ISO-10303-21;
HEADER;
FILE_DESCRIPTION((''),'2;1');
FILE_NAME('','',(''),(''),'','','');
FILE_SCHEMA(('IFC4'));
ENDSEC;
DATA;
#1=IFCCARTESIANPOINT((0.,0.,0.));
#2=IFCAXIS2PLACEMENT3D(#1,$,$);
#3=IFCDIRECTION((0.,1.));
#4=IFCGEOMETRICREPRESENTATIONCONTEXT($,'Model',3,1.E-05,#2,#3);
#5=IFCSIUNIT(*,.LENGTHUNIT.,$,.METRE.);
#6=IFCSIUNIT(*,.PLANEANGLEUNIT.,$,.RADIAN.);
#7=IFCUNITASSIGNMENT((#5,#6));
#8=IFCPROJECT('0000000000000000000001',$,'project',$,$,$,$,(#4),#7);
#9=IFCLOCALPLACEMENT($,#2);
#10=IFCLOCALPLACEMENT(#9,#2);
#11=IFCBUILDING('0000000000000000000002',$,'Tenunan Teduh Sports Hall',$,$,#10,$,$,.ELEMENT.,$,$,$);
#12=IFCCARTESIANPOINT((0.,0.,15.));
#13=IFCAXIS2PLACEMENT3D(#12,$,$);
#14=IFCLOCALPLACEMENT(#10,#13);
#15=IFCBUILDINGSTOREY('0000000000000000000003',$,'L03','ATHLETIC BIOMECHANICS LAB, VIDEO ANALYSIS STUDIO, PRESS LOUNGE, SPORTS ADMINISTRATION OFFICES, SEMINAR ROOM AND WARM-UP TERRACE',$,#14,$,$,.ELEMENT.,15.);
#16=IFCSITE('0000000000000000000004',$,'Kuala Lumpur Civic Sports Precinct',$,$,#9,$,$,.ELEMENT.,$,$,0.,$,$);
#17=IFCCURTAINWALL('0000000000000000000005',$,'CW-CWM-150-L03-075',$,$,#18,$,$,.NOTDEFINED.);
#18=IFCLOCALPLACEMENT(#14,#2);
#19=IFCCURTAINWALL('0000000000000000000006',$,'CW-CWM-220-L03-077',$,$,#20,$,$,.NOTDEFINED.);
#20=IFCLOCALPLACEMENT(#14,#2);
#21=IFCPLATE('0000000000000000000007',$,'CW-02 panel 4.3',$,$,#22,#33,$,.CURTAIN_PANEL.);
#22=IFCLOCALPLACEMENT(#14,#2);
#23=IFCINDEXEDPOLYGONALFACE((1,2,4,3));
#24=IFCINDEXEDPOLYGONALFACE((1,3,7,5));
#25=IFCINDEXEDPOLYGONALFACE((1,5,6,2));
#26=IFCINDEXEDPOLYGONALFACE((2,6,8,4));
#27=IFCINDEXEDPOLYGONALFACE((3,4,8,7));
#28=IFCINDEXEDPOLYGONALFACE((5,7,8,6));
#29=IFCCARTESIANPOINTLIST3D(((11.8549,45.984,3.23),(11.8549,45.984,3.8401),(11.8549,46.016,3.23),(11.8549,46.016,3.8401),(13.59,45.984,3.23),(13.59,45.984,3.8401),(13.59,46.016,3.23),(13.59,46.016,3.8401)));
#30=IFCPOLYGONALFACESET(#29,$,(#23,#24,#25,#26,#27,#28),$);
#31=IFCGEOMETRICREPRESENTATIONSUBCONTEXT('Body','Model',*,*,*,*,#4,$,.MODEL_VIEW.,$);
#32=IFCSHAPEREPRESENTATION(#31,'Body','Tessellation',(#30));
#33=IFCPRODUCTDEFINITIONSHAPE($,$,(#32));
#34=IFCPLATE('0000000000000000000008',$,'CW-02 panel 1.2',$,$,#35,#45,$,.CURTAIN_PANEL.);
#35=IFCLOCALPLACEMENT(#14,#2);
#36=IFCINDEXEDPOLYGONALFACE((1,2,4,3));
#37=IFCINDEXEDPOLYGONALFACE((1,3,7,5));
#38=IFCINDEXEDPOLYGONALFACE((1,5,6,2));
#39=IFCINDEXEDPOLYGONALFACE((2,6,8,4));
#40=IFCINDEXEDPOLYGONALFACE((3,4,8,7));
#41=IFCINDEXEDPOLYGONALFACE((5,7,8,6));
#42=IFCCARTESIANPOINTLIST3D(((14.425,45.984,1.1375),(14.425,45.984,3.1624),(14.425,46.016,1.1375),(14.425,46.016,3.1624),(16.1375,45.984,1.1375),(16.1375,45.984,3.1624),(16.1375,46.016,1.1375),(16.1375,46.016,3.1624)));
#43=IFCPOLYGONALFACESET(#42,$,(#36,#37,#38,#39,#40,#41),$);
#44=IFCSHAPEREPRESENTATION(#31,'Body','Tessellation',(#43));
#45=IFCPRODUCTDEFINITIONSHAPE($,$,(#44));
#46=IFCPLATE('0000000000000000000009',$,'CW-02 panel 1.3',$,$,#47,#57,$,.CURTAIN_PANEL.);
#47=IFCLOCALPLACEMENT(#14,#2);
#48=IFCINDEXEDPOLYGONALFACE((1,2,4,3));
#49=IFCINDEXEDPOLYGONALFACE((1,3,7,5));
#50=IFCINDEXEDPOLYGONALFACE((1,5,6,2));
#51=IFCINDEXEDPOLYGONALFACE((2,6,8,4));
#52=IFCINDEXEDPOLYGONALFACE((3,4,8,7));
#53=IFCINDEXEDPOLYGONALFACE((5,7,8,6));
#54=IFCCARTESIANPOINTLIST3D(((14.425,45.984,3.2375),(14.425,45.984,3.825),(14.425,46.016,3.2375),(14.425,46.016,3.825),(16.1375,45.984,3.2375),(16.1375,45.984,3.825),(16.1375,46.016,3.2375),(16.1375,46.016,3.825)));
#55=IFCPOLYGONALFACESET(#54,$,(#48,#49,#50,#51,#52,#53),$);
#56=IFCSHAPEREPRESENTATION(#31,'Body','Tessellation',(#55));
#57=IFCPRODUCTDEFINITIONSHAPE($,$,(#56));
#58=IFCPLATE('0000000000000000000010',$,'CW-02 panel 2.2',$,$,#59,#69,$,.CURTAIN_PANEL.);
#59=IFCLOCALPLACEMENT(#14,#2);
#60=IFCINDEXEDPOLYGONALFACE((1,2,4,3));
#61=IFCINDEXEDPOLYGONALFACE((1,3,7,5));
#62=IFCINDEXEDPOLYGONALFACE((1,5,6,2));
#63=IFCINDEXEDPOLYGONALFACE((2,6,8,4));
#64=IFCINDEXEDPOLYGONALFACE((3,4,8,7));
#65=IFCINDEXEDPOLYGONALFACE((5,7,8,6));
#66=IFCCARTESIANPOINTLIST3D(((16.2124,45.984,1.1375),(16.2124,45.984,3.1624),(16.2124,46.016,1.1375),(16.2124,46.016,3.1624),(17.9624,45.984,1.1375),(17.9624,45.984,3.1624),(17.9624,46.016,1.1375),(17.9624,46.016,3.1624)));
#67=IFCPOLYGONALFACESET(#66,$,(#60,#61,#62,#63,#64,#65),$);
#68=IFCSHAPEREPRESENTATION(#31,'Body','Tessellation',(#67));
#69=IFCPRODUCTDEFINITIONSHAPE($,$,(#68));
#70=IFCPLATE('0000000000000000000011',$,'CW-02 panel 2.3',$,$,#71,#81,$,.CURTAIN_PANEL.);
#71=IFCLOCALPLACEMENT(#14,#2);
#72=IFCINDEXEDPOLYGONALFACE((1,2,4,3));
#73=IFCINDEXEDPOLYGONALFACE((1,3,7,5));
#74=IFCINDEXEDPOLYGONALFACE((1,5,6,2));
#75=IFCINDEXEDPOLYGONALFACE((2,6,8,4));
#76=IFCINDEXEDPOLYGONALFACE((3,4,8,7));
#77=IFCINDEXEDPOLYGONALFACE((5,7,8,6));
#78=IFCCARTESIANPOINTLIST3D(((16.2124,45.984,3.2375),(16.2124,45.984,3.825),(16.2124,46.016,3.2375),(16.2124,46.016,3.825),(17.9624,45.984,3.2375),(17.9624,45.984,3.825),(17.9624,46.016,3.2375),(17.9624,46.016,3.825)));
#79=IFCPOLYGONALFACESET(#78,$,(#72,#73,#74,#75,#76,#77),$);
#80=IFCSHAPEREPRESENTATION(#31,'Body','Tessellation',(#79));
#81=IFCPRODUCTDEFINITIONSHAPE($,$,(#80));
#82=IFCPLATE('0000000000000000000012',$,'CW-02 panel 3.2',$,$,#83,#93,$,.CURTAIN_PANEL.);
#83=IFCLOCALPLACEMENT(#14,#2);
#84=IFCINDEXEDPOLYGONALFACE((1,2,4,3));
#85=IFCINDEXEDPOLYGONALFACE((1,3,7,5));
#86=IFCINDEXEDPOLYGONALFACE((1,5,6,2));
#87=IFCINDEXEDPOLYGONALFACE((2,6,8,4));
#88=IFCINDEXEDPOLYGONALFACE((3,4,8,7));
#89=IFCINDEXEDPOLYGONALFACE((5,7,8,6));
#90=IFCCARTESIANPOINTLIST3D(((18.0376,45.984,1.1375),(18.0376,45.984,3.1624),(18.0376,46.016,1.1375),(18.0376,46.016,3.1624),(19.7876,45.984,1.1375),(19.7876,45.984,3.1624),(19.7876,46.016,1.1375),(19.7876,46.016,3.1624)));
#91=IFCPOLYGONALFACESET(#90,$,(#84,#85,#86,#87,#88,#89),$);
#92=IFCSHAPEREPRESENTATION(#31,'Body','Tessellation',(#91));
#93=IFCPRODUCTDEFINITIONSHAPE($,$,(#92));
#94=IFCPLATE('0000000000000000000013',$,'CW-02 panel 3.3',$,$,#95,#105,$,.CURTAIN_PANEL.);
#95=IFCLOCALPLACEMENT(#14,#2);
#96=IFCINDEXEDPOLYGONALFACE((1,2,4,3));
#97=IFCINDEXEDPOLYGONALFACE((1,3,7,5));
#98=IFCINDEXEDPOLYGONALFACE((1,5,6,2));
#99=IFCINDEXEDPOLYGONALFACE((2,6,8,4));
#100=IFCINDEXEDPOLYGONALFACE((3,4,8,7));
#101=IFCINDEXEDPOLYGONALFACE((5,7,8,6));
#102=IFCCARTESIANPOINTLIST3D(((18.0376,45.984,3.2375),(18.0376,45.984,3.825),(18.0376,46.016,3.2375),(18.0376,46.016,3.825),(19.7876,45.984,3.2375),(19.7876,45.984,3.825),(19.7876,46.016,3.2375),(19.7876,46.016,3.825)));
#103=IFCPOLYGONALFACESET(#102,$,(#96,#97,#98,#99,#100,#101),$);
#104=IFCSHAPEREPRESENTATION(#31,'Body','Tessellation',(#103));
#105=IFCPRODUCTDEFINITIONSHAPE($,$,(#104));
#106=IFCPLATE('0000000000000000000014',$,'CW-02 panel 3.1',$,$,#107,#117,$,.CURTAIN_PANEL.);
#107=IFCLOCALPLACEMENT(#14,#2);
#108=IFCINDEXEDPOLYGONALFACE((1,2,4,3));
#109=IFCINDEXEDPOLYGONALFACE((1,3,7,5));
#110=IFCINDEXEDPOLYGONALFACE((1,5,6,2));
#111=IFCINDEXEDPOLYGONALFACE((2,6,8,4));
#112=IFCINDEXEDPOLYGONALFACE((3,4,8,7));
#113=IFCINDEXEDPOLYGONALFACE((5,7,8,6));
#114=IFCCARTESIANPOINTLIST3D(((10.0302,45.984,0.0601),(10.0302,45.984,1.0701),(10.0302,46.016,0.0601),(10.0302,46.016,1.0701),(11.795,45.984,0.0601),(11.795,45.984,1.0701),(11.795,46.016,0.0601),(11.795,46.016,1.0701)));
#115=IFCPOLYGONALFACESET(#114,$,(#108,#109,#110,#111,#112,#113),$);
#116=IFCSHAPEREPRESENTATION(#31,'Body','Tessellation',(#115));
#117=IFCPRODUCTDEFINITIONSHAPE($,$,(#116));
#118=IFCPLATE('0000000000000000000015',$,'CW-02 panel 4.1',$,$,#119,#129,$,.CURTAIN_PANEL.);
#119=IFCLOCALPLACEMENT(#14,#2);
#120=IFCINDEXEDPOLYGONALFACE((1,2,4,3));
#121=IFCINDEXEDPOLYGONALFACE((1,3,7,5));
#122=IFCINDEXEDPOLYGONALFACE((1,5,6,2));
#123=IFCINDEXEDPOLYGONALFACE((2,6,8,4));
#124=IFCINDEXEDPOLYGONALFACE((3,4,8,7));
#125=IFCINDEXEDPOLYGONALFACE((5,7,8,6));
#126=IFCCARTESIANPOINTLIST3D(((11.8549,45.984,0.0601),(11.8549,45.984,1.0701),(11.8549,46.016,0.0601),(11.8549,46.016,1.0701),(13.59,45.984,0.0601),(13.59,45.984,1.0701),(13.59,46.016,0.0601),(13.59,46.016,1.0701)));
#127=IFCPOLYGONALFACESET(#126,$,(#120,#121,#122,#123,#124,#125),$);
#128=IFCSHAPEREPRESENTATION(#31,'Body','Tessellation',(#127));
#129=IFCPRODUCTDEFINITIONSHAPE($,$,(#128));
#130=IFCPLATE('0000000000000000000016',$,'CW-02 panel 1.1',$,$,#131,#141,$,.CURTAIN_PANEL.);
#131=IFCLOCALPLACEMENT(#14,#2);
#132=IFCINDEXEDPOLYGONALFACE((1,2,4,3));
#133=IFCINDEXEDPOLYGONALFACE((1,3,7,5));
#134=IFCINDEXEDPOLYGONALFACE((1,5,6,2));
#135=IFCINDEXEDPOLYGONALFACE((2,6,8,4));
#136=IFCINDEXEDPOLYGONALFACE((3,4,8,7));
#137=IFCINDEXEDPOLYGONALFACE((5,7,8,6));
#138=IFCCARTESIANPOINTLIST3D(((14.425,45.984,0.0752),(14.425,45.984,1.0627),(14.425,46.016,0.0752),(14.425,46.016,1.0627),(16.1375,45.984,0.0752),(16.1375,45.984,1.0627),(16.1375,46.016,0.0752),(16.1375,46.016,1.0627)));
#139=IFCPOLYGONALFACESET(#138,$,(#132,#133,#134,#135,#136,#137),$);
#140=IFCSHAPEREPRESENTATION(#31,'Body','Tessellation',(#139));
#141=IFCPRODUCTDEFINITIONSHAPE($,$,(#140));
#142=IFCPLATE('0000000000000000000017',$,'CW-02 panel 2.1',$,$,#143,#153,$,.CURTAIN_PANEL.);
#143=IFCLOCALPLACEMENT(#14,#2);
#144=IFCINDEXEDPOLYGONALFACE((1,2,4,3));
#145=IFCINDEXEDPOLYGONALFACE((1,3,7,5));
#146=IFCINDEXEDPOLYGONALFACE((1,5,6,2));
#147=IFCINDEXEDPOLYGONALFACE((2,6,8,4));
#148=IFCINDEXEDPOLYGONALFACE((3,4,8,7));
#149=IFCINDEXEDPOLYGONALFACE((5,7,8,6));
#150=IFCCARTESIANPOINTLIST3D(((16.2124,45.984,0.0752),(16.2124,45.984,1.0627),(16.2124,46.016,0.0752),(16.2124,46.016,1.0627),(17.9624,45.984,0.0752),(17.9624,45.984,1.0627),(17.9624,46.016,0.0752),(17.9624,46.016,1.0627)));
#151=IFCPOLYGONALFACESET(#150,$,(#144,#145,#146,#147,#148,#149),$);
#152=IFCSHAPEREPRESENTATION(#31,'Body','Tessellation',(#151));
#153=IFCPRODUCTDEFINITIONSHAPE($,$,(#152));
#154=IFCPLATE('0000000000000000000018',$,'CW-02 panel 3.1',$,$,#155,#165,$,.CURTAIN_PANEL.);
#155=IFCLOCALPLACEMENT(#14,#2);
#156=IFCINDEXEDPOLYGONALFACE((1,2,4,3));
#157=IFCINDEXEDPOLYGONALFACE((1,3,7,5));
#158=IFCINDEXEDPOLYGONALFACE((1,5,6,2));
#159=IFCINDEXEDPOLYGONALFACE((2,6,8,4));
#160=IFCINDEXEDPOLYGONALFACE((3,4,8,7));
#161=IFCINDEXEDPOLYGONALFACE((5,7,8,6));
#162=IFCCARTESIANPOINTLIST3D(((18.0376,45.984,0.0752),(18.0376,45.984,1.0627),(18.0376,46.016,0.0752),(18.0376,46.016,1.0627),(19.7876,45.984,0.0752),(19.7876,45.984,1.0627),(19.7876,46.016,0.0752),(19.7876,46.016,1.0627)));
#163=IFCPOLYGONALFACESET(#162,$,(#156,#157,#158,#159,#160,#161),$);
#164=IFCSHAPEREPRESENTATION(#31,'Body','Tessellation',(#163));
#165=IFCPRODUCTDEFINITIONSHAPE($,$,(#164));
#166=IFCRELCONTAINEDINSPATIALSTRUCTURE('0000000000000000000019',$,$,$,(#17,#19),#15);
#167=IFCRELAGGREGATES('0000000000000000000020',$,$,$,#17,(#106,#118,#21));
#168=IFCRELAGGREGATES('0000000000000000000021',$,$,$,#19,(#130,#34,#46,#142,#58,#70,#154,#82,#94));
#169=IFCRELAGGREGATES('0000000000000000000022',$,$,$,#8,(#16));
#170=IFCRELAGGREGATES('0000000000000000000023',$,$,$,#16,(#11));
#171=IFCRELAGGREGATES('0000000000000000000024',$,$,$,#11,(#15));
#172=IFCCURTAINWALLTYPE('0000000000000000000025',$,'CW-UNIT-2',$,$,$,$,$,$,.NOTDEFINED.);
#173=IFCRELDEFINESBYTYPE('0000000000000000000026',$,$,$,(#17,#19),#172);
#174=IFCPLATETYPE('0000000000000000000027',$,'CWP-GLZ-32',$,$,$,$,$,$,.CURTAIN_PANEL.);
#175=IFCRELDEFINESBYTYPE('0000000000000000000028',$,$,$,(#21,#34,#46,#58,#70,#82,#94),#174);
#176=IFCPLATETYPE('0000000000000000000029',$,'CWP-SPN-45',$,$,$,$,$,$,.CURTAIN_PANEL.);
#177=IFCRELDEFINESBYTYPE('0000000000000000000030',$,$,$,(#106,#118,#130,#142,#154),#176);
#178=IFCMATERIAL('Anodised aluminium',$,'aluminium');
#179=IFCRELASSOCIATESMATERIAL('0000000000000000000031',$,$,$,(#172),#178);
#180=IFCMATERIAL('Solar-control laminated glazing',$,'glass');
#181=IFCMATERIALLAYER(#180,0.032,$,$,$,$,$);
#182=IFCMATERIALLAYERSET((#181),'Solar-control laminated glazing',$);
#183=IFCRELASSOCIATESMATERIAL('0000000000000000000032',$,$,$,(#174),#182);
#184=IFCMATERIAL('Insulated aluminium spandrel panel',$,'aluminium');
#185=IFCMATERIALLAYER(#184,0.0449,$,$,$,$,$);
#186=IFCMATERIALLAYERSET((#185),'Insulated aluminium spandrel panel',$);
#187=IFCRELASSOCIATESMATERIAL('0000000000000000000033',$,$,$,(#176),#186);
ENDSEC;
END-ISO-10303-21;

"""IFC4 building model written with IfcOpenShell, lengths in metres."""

from ifc_helpers import new_model, si_unit, direction, frame, origin, origin_2d, place, context, subcontext, project, spatial, rectangle, extrude, material, layer, layer_set, type_object, element, aggregate, save


model = new_model("IFC4")

# Units and contexts
model_context = context("Model", 3, precision=1e-05, world=origin(), true_north=direction((0.0, 1.0)))
body_context = subcontext(model_context, "Body", "Model", "MODEL_VIEW")
ifc_project = project(units=[si_unit("LENGTHUNIT", "METRE"), si_unit("PLANEANGLEUNIT", "RADIAN")], contexts=[model_context])

# Site, building, storey
site_placement = place(None, origin())
site = spatial("IfcSite", under=ifc_project, at=site_placement, Name="Kuala Lumpur Civic Sports Precinct", CompositionType="ELEMENT", RefElevation=0.0)
building_placement = place(site_placement, origin())
building = spatial("IfcBuilding", under=site, at=building_placement, Name="Tenunan Teduh Sports Hall", CompositionType="ELEMENT")
storey_placement = place(building_placement, frame((0.0, 0.0, 15.0)))
storey = spatial("IfcBuildingStorey", under=building, at=storey_placement, Name="L03", Description="ATHLETIC BIOMECHANICS LAB, VIDEO ANALYSIS STUDIO, PRESS LOUNGE, SPORTS ADMINISTRATION OFFICES, SEMINAR ROOM AND WARM-UP TERRACE", CompositionType="ELEMENT", Elevation=15.0)

# Curtain walls
ifc_material_1 = material(Name="Anodised aluminium", Category="aluminium")
curtain_wall_type = type_object("IfcCurtainWallType", Name="CW-UNIT-2", PredefinedType="NOTDEFINED", material=ifc_material_1)
curtain_wall_1_placement = place(storey_placement, origin())
curtain_wall_1 = element("IfcCurtainWall", 1, at=curtain_wall_1_placement, inside=storey, type_object=curtain_wall_type, Name="CW-CWM-150-L03-075", PredefinedType="NOTDEFINED")
curtain_wall_2_placement = place(storey_placement, origin())
curtain_wall_2 = element("IfcCurtainWall", 2, at=curtain_wall_2_placement, inside=storey, type_object=curtain_wall_type, Name="CW-CWM-220-L03-077", PredefinedType="NOTDEFINED")

# Plates
ifc_material_2 = material(Name="Solar-control laminated glazing", Category="glass")
ifc_layer_1 = layer(ifc_material_2, 0.032)
ifc_layer_set_1 = layer_set([ifc_layer_1], Name="Solar-control laminated glazing")
plate_type_1 = type_object("IfcPlateType", Name="CWP-GLZ-32", PredefinedType="CURTAIN_PANEL", material=ifc_layer_set_1)
plate_1_placement = place(storey_placement, frame((12.7224, 46.0, 3.23), z_axis=(0.0, 0.0, 1.0), x_axis=(1.0, 0.0, 0.0)))
plate_1 = element("IfcPlate", 3, at=plate_1_placement, type_object=plate_type_1, Name="CW-02 panel 4.3", PredefinedType="CURTAIN_PANEL", context=body_context, shape_type="SweptSolid", body=[
    extrude(rectangle(XDim=1.7351, YDim=0.032, at=origin_2d()), origin(), (0.0, 0.0, 1.0), 0.6101),
])
plate_2_placement = place(storey_placement, frame((15.2812, 46.0, 1.1375), z_axis=(0.0, 0.0, 1.0), x_axis=(1.0, 0.0, 0.0)))
plate_2 = element("IfcPlate", 4, at=plate_2_placement, type_object=plate_type_1, Name="CW-02 panel 1.2", PredefinedType="CURTAIN_PANEL", context=body_context, shape_type="SweptSolid", body=[
    extrude(rectangle(XDim=1.7124, YDim=0.032, at=origin_2d()), origin(), (0.0, 0.0, 1.0), 2.0249),
])
plate_3_placement = place(storey_placement, frame((15.2812, 46.0, 3.2375), z_axis=(0.0, 0.0, 1.0), x_axis=(1.0, 0.0, 0.0)))
plate_3 = element("IfcPlate", 5, at=plate_3_placement, type_object=plate_type_1, Name="CW-02 panel 1.3", PredefinedType="CURTAIN_PANEL", context=body_context, shape_type="SweptSolid", body=[
    extrude(rectangle(XDim=1.7124, YDim=0.032, at=origin_2d()), origin(), (0.0, 0.0, 1.0), 0.5874),
])
plate_4_placement = place(storey_placement, frame((17.0874, 46.0, 1.1375), z_axis=(0.0, 0.0, 1.0), x_axis=(1.0, 0.0, 0.0)))
plate_4 = element("IfcPlate", 6, at=plate_4_placement, type_object=plate_type_1, Name="CW-02 panel 2.2", PredefinedType="CURTAIN_PANEL", context=body_context, shape_type="SweptSolid", body=[
    extrude(rectangle(XDim=1.75, YDim=0.032, at=origin_2d()), origin(), (0.0, 0.0, 1.0), 2.0249),
])
plate_5_placement = place(storey_placement, frame((17.0874, 46.0, 3.2375), z_axis=(0.0, 0.0, 1.0), x_axis=(1.0, 0.0, 0.0)))
plate_5 = element("IfcPlate", 7, at=plate_5_placement, type_object=plate_type_1, Name="CW-02 panel 2.3", PredefinedType="CURTAIN_PANEL", context=body_context, shape_type="SweptSolid", body=[
    extrude(rectangle(XDim=1.75, YDim=0.032, at=origin_2d()), origin(), (0.0, 0.0, 1.0), 0.5874),
])
plate_6_placement = place(storey_placement, frame((18.9126, 46.0, 1.1375), z_axis=(0.0, 0.0, 1.0), x_axis=(1.0, 0.0, 0.0)))
plate_6 = element("IfcPlate", 8, at=plate_6_placement, type_object=plate_type_1, Name="CW-02 panel 3.2", PredefinedType="CURTAIN_PANEL", context=body_context, shape_type="SweptSolid", body=[
    extrude(rectangle(XDim=1.75, YDim=0.032, at=origin_2d()), origin(), (0.0, 0.0, 1.0), 2.0249),
])
plate_7_placement = place(storey_placement, frame((18.9126, 46.0, 3.2375), z_axis=(0.0, 0.0, 1.0), x_axis=(1.0, 0.0, 0.0)))
plate_7 = element("IfcPlate", 9, at=plate_7_placement, type_object=plate_type_1, Name="CW-02 panel 3.3", PredefinedType="CURTAIN_PANEL", context=body_context, shape_type="SweptSolid", body=[
    extrude(rectangle(XDim=1.75, YDim=0.032, at=origin_2d()), origin(), (0.0, 0.0, 1.0), 0.5874),
])
ifc_material_3 = material(Name="Insulated aluminium spandrel panel", Category="aluminium")
ifc_layer_2 = layer(ifc_material_3, 0.0449)
ifc_layer_set_2 = layer_set([ifc_layer_2], Name="Insulated aluminium spandrel panel")
plate_type_2 = type_object("IfcPlateType", Name="CWP-SPN-45", PredefinedType="CURTAIN_PANEL", material=ifc_layer_set_2)
plate_8_placement = place(storey_placement, frame((10.9126, 46.0, 0.0601), z_axis=(0.0, 0.0, 1.0), x_axis=(1.0, 0.0, 0.0)))
plate_8 = element("IfcPlate", 10, at=plate_8_placement, type_object=plate_type_2, Name="CW-02 panel 3.1", PredefinedType="CURTAIN_PANEL", context=body_context, shape_type="SweptSolid", body=[
    extrude(rectangle(XDim=1.7649, YDim=0.032, at=origin_2d()), origin(), (0.0, 0.0, 1.0), 1.01),
])
plate_9_placement = place(storey_placement, frame((12.7224, 46.0, 0.0601), z_axis=(0.0, 0.0, 1.0), x_axis=(1.0, 0.0, 0.0)))
plate_9 = element("IfcPlate", 11, at=plate_9_placement, type_object=plate_type_2, Name="CW-02 panel 4.1", PredefinedType="CURTAIN_PANEL", context=body_context, shape_type="SweptSolid", body=[
    extrude(rectangle(XDim=1.7351, YDim=0.032, at=origin_2d()), origin(), (0.0, 0.0, 1.0), 1.01),
])
aggregate(curtain_wall_1, [plate_8, plate_9, plate_1])
plate_10_placement = place(storey_placement, frame((15.2812, 46.0, 0.0752), z_axis=(0.0, 0.0, 1.0), x_axis=(1.0, 0.0, 0.0)))
plate_10 = element("IfcPlate", 12, at=plate_10_placement, type_object=plate_type_2, Name="CW-02 panel 1.1", PredefinedType="CURTAIN_PANEL", context=body_context, shape_type="SweptSolid", body=[
    extrude(rectangle(XDim=1.7124, YDim=0.032, at=origin_2d()), origin(), (0.0, 0.0, 1.0), 0.9875),
])
plate_11_placement = place(storey_placement, frame((17.0874, 46.0, 0.0752), z_axis=(0.0, 0.0, 1.0), x_axis=(1.0, 0.0, 0.0)))
plate_11 = element("IfcPlate", 13, at=plate_11_placement, type_object=plate_type_2, Name="CW-02 panel 2.1", PredefinedType="CURTAIN_PANEL", context=body_context, shape_type="SweptSolid", body=[
    extrude(rectangle(XDim=1.75, YDim=0.032, at=origin_2d()), origin(), (0.0, 0.0, 1.0), 0.9875),
])
plate_12_placement = place(storey_placement, frame((18.9126, 46.0, 0.0752), z_axis=(0.0, 0.0, 1.0), x_axis=(1.0, 0.0, 0.0)))
plate_12 = element("IfcPlate", 14, at=plate_12_placement, type_object=plate_type_2, Name="CW-02 panel 3.1", PredefinedType="CURTAIN_PANEL", context=body_context, shape_type="SweptSolid", body=[
    extrude(rectangle(XDim=1.75, YDim=0.032, at=origin_2d()), origin(), (0.0, 0.0, 1.0), 0.9875),
])
aggregate(curtain_wall_2, [plate_10, plate_2, plate_3, plate_11, plate_4, plate_5, plate_12, plate_6, plate_7])

save(model, "model.ifc")
